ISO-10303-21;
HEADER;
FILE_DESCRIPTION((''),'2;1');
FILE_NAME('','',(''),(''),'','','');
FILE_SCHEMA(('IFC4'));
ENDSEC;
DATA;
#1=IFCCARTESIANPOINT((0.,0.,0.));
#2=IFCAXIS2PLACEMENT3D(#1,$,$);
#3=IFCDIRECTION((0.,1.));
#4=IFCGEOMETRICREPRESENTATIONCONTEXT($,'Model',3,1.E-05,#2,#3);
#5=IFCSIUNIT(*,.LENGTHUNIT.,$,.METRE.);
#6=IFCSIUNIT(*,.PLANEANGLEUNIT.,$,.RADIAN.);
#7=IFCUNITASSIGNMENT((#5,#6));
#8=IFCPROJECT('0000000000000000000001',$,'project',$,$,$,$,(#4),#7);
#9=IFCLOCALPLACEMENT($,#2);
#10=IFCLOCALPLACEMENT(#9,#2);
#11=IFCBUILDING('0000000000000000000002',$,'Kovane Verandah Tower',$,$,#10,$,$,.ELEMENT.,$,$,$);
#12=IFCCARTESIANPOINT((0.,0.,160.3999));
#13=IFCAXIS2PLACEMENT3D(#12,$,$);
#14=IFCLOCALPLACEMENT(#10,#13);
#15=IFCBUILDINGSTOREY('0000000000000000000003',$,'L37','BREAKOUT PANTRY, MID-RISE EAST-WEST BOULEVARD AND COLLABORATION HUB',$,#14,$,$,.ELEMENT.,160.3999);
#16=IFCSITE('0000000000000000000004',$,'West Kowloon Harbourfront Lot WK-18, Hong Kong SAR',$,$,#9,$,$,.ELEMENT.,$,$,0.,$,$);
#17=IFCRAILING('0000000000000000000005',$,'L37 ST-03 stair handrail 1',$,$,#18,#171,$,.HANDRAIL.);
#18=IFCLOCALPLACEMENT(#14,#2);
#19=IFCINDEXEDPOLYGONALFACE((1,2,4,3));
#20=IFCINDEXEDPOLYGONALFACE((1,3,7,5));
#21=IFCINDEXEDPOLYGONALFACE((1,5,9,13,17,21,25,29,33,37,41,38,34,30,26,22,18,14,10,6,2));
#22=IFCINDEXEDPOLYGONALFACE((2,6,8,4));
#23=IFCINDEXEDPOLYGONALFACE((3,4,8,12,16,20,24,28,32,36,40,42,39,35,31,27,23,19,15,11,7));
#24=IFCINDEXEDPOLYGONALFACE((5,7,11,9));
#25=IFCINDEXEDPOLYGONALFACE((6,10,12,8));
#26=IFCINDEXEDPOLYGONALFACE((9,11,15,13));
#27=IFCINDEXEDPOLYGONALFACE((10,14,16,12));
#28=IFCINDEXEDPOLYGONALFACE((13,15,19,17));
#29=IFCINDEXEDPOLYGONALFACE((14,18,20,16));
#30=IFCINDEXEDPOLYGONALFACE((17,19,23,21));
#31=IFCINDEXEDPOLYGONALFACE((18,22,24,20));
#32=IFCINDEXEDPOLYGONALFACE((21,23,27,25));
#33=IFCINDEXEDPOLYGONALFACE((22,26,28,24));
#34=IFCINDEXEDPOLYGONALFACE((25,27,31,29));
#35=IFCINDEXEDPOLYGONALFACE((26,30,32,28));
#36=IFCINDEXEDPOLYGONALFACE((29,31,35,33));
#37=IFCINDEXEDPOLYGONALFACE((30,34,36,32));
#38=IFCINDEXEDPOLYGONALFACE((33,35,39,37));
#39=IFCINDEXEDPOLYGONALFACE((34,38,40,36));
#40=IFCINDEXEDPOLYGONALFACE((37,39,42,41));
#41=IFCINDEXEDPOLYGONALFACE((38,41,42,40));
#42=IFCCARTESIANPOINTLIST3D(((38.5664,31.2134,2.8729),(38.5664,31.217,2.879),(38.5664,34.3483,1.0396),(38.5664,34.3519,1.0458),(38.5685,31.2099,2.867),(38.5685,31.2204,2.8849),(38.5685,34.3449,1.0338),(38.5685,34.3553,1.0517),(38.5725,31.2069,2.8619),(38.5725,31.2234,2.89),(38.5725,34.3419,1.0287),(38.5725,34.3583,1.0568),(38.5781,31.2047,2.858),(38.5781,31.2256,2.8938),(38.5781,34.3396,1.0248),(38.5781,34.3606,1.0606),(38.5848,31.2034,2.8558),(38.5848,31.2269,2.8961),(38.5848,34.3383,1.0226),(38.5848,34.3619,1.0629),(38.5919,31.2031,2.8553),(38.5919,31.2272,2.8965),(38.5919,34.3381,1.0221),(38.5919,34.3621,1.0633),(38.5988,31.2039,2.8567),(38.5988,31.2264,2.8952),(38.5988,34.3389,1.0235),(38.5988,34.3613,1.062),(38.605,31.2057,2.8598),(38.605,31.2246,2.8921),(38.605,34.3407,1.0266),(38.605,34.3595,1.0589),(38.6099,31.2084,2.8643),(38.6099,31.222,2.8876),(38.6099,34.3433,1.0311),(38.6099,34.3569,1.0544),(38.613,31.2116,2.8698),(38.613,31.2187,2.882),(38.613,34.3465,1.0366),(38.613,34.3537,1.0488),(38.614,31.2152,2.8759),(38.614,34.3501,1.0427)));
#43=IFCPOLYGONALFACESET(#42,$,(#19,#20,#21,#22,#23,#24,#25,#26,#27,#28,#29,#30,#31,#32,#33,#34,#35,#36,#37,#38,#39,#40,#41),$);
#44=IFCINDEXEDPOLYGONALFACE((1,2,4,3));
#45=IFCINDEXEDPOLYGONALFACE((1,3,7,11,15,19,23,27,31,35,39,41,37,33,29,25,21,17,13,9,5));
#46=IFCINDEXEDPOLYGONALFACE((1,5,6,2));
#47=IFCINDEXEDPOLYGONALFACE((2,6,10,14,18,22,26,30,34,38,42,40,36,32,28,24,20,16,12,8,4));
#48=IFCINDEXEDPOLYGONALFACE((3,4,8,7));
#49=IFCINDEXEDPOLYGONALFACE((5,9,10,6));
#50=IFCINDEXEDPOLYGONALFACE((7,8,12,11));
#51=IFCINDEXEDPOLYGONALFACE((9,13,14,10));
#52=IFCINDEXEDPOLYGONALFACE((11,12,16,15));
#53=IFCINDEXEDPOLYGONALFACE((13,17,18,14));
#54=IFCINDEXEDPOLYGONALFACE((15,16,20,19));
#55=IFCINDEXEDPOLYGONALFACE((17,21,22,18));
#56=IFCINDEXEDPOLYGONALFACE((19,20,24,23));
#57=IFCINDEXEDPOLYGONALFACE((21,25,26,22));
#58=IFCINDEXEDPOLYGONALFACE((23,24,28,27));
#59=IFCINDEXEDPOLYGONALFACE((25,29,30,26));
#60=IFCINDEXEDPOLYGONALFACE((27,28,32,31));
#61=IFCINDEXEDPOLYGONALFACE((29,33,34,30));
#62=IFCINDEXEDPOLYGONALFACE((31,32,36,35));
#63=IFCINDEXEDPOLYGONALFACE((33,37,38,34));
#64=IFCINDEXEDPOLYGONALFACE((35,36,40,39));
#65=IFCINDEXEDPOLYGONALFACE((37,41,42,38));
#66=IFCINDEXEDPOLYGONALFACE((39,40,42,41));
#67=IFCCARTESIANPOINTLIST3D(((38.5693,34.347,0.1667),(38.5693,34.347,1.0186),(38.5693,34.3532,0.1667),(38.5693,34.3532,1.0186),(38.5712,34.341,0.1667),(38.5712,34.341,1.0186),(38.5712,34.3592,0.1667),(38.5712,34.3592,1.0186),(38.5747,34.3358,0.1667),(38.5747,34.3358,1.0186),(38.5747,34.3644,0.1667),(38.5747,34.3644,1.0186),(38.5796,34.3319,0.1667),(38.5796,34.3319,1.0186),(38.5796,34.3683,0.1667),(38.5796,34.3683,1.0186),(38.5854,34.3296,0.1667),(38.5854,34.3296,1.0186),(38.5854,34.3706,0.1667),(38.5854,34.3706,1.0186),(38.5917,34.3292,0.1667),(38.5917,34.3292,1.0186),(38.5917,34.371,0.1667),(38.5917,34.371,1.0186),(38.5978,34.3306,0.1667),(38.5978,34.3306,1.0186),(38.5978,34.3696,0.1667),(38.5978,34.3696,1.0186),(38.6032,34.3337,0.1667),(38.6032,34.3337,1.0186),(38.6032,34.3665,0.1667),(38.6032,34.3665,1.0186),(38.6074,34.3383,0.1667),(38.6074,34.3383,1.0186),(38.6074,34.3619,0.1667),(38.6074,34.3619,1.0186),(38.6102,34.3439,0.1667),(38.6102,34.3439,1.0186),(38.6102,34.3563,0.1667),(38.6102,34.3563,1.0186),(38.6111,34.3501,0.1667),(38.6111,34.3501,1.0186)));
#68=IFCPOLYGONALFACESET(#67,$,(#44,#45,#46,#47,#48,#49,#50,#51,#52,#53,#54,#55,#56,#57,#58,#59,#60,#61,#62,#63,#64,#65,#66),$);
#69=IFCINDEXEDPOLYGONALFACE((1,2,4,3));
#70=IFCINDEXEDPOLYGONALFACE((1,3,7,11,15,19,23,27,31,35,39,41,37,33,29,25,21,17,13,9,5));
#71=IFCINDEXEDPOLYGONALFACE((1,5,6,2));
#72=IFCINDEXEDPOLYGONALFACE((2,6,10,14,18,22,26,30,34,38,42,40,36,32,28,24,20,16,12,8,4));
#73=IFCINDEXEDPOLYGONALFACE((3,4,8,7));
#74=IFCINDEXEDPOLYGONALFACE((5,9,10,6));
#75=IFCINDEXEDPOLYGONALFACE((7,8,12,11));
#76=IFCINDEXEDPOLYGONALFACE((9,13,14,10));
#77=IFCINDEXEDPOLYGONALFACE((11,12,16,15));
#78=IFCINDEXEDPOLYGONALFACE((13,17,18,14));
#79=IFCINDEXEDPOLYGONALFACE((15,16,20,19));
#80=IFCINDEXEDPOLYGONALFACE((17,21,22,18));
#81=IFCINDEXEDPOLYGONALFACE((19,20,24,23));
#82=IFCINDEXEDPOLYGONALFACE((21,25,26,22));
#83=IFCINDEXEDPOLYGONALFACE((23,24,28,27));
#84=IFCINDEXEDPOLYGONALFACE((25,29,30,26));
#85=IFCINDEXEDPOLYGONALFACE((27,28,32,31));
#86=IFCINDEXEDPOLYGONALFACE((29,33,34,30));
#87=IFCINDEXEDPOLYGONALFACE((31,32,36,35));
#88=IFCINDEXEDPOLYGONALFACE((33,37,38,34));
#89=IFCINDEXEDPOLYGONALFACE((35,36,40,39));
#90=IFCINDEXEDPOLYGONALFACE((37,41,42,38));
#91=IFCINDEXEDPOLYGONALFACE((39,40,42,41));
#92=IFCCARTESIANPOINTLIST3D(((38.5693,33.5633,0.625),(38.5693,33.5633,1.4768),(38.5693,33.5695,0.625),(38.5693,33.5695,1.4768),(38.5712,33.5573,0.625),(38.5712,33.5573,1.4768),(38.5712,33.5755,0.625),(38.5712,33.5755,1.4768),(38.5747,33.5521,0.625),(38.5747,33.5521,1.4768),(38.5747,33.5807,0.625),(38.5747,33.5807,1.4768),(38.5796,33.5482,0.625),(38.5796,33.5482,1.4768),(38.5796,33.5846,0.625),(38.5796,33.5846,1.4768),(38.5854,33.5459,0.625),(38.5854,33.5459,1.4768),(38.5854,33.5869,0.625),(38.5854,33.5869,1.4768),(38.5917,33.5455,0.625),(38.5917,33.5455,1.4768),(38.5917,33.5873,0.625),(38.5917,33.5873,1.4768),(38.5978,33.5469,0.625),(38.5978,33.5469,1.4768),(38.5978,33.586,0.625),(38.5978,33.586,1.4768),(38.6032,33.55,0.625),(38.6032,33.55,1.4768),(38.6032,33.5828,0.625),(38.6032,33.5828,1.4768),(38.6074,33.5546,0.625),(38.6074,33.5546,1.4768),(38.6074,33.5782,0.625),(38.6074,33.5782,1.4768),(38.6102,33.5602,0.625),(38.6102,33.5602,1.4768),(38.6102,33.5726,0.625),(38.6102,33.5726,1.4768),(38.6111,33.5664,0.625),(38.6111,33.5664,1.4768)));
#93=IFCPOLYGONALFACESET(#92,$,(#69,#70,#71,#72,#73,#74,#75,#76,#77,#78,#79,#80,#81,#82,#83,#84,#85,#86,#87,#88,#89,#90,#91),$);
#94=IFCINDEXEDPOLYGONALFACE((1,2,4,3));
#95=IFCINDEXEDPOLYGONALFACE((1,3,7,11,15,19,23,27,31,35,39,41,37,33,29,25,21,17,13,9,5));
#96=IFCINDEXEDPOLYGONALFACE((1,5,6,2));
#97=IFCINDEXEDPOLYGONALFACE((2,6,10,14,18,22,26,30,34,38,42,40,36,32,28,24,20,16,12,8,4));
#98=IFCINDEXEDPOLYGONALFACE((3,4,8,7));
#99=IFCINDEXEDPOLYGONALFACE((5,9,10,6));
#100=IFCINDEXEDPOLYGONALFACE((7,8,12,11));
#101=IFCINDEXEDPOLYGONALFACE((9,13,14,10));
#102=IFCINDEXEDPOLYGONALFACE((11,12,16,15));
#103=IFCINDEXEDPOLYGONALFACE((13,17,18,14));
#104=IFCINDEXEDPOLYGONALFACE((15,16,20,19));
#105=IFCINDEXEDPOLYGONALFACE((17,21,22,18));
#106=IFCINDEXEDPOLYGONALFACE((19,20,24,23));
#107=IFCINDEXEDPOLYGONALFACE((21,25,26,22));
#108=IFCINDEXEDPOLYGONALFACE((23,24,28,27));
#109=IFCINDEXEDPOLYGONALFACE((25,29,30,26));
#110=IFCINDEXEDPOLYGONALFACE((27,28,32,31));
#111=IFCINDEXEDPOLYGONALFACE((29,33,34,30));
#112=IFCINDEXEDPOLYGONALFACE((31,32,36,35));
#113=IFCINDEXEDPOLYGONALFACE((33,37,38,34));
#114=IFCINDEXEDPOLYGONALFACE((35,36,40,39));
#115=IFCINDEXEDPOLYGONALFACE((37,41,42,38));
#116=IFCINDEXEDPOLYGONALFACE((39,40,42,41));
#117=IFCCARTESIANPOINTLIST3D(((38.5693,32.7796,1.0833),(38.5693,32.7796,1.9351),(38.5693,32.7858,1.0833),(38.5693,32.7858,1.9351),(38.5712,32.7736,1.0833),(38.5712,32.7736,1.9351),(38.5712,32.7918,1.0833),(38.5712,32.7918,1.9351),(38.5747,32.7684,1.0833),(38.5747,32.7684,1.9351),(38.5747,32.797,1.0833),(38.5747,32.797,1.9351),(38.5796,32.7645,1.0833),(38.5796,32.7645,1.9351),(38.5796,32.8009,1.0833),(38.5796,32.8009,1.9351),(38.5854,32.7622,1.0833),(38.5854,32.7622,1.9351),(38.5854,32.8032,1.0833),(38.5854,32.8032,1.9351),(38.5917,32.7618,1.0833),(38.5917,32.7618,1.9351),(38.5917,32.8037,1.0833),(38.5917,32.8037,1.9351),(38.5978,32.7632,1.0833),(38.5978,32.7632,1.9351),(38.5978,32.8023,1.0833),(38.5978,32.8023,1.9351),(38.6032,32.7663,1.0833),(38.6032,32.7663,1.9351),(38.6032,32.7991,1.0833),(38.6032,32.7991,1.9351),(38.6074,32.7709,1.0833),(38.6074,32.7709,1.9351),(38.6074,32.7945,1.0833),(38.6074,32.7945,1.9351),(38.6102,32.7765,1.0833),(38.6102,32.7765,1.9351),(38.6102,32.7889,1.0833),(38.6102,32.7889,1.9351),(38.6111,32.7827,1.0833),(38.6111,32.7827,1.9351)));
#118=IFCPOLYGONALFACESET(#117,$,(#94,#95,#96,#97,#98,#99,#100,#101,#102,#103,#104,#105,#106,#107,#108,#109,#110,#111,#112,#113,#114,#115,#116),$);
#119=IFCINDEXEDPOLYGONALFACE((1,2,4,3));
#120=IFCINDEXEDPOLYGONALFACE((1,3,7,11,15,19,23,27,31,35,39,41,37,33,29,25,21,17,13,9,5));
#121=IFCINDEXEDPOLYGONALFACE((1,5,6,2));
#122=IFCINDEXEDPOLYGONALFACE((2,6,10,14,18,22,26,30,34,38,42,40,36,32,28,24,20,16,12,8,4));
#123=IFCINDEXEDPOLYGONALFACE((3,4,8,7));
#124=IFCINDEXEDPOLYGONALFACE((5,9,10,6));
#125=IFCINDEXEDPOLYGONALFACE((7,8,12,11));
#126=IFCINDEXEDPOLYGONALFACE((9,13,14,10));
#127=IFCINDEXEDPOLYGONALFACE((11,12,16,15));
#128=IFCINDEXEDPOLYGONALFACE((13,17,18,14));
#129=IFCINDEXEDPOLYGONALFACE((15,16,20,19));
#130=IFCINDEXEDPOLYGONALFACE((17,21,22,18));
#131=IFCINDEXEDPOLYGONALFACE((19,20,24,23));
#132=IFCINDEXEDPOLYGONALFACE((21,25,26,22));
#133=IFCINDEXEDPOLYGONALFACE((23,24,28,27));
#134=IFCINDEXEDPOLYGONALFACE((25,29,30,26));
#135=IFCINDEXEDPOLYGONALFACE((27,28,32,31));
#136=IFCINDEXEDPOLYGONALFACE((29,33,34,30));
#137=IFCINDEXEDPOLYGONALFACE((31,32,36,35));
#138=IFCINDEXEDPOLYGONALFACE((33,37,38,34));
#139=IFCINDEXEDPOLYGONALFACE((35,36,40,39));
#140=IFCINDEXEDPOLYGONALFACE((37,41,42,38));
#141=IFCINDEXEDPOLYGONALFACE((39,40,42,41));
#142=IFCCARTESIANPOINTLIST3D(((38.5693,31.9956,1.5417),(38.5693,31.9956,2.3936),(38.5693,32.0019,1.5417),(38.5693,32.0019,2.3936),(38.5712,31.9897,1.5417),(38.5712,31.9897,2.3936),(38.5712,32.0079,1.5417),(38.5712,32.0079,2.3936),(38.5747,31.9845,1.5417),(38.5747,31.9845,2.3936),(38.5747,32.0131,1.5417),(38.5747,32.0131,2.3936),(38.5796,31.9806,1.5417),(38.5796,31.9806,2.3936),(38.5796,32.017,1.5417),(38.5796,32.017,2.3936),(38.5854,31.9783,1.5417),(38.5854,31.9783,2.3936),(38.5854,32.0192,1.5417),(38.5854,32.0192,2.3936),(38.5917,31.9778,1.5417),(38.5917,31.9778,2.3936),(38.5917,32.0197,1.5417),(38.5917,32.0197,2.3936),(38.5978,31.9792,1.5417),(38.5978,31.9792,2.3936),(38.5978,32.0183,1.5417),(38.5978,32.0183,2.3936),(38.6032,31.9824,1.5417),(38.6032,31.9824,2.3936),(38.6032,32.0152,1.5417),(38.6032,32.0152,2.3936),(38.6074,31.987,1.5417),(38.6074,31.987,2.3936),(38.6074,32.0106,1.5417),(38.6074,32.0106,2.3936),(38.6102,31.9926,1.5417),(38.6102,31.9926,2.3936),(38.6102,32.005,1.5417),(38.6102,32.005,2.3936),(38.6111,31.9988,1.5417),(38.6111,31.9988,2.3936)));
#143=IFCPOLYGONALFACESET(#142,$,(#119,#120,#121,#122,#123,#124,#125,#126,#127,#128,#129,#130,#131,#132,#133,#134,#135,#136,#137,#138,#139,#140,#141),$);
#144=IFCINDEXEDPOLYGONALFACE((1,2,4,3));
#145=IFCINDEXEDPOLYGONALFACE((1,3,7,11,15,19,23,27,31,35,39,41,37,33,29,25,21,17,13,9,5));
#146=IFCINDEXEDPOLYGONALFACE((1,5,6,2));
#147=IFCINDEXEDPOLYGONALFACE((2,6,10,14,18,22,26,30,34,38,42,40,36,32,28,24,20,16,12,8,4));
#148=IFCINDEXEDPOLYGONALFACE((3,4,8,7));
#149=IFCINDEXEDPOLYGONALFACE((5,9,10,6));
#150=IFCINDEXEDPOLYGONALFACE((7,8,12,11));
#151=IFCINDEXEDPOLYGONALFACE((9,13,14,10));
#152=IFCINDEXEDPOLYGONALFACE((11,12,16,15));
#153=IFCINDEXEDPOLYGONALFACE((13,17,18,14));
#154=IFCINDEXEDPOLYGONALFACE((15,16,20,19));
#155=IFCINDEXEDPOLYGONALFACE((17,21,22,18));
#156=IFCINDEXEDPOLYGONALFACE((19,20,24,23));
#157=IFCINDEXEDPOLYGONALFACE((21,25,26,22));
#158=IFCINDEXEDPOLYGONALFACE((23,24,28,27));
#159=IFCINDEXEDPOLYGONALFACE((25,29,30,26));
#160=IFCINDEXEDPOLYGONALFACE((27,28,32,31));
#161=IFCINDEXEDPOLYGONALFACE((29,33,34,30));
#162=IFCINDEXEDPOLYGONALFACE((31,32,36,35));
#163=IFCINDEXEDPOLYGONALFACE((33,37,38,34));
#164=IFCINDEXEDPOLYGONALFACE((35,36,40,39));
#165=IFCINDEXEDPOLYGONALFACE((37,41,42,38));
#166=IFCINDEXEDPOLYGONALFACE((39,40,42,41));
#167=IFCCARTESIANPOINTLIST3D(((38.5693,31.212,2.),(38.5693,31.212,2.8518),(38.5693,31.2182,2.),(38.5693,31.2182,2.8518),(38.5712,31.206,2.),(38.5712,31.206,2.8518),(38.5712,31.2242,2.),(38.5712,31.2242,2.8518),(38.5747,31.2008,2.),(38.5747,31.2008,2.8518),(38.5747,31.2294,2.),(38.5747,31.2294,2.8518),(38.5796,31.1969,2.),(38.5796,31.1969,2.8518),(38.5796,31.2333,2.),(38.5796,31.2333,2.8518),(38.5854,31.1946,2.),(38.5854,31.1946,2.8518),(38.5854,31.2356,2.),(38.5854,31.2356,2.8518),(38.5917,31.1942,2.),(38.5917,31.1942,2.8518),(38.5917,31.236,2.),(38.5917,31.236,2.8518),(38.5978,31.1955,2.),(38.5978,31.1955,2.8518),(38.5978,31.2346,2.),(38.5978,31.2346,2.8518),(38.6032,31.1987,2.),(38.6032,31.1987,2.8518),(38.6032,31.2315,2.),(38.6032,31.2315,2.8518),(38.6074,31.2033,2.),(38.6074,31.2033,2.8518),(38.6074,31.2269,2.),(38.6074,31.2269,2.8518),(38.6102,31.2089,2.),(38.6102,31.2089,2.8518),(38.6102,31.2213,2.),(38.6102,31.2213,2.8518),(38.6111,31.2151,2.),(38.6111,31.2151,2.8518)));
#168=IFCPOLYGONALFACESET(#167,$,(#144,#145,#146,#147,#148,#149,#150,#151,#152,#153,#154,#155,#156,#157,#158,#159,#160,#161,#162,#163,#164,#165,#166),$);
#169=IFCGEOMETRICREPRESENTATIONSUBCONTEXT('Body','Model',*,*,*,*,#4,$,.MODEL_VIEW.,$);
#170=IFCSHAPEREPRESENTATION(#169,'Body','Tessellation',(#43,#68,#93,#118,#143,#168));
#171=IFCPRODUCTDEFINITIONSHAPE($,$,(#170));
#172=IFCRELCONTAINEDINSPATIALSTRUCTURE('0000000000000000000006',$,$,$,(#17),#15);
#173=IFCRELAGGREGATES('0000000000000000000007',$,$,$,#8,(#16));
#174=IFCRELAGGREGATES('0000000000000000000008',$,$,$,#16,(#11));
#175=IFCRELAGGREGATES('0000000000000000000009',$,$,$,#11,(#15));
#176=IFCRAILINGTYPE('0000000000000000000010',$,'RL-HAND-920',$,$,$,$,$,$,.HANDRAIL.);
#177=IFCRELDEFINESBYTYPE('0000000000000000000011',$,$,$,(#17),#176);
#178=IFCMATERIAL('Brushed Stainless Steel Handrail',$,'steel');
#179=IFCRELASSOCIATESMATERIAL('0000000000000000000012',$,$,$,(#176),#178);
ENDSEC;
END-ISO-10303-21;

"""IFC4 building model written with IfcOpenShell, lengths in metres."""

from ifc_helpers import new_model, si_unit, direction, frame, origin, origin_2d, place, context, subcontext, project, spatial, circle, extrude, material, type_object, element, save


model = new_model("IFC4")

# Units and contexts
model_context = context("Model", 3, precision=1e-05, world=origin(), true_north=direction((0.0, 1.0)))
body_context = subcontext(model_context, "Body", "Model", "MODEL_VIEW")
ifc_project = project(units=[si_unit("LENGTHUNIT", "METRE"), si_unit("PLANEANGLEUNIT", "RADIAN")], contexts=[model_context])

# Site, building, storey
site_placement = place(None, origin())
site = spatial("IfcSite", under=ifc_project, at=site_placement, Name="West Kowloon Harbourfront Lot WK-18, Hong Kong SAR", CompositionType="ELEMENT", RefElevation=0.0)
building_placement = place(site_placement, origin())
building = spatial("IfcBuilding", under=site, at=building_placement, Name="Kovane Verandah Tower", CompositionType="ELEMENT")
storey_placement = place(building_placement, frame((0.0, 0.0, 160.3999)))
storey = spatial("IfcBuildingStorey", under=building, at=storey_placement, Name="L37", Description="BREAKOUT PANTRY, MID-RISE EAST-WEST BOULEVARD AND COLLABORATION HUB", CompositionType="ELEMENT", Elevation=160.3999)

# Railing
ifc_material_1 = material(Name="Brushed Stainless Steel Handrail", Category="steel")
railing_type_1 = type_object("IfcRailingType", Name="RL-HAND-920", PredefinedType="HANDRAIL", material=ifc_material_1)
railing_1_placement = place(storey_placement, frame((38.5901, 34.3501, 0.1667)))
element("IfcRailing", 1, at=railing_1_placement, inside=storey, type_object=railing_type_1, Name="L37 ST-03 stair handrail 1", PredefinedType="HANDRAIL", context=body_context, shape_type="SweptSolid", body=[
    extrude(circle(Radius=0.0239, at=origin_2d()), frame((0.0, 0.0, 0.876), z_axis=(0.0, -0.86324, 0.504794), x_axis=(1.0, 0.0, 0.0)), (0.0, 0.0, 1.0), 3.6316),
    extrude(circle(Radius=0.021, at=origin_2d()), origin(), (0.0, 0.0, 1.0), 0.8518),
    extrude(circle(Radius=0.021, at=origin_2d()), frame((0.0, -0.7837, 0.4583)), (0.0, 0.0, 1.0), 0.8518),
    extrude(circle(Radius=0.021, at=origin_2d()), frame((0.0, -1.5674, 0.9165)), (0.0, 0.0, 1.0), 0.8518),
    extrude(circle(Radius=0.021, at=origin_2d()), frame((0.0, -2.3513, 1.375)), (0.0, 0.0, 1.0), 0.8518),
    extrude(circle(Radius=0.021, at=origin_2d()), frame((0.0, -3.135, 1.8333)), (0.0, 0.0, 1.0), 0.8518),
])

save(model, "model.ifc")
